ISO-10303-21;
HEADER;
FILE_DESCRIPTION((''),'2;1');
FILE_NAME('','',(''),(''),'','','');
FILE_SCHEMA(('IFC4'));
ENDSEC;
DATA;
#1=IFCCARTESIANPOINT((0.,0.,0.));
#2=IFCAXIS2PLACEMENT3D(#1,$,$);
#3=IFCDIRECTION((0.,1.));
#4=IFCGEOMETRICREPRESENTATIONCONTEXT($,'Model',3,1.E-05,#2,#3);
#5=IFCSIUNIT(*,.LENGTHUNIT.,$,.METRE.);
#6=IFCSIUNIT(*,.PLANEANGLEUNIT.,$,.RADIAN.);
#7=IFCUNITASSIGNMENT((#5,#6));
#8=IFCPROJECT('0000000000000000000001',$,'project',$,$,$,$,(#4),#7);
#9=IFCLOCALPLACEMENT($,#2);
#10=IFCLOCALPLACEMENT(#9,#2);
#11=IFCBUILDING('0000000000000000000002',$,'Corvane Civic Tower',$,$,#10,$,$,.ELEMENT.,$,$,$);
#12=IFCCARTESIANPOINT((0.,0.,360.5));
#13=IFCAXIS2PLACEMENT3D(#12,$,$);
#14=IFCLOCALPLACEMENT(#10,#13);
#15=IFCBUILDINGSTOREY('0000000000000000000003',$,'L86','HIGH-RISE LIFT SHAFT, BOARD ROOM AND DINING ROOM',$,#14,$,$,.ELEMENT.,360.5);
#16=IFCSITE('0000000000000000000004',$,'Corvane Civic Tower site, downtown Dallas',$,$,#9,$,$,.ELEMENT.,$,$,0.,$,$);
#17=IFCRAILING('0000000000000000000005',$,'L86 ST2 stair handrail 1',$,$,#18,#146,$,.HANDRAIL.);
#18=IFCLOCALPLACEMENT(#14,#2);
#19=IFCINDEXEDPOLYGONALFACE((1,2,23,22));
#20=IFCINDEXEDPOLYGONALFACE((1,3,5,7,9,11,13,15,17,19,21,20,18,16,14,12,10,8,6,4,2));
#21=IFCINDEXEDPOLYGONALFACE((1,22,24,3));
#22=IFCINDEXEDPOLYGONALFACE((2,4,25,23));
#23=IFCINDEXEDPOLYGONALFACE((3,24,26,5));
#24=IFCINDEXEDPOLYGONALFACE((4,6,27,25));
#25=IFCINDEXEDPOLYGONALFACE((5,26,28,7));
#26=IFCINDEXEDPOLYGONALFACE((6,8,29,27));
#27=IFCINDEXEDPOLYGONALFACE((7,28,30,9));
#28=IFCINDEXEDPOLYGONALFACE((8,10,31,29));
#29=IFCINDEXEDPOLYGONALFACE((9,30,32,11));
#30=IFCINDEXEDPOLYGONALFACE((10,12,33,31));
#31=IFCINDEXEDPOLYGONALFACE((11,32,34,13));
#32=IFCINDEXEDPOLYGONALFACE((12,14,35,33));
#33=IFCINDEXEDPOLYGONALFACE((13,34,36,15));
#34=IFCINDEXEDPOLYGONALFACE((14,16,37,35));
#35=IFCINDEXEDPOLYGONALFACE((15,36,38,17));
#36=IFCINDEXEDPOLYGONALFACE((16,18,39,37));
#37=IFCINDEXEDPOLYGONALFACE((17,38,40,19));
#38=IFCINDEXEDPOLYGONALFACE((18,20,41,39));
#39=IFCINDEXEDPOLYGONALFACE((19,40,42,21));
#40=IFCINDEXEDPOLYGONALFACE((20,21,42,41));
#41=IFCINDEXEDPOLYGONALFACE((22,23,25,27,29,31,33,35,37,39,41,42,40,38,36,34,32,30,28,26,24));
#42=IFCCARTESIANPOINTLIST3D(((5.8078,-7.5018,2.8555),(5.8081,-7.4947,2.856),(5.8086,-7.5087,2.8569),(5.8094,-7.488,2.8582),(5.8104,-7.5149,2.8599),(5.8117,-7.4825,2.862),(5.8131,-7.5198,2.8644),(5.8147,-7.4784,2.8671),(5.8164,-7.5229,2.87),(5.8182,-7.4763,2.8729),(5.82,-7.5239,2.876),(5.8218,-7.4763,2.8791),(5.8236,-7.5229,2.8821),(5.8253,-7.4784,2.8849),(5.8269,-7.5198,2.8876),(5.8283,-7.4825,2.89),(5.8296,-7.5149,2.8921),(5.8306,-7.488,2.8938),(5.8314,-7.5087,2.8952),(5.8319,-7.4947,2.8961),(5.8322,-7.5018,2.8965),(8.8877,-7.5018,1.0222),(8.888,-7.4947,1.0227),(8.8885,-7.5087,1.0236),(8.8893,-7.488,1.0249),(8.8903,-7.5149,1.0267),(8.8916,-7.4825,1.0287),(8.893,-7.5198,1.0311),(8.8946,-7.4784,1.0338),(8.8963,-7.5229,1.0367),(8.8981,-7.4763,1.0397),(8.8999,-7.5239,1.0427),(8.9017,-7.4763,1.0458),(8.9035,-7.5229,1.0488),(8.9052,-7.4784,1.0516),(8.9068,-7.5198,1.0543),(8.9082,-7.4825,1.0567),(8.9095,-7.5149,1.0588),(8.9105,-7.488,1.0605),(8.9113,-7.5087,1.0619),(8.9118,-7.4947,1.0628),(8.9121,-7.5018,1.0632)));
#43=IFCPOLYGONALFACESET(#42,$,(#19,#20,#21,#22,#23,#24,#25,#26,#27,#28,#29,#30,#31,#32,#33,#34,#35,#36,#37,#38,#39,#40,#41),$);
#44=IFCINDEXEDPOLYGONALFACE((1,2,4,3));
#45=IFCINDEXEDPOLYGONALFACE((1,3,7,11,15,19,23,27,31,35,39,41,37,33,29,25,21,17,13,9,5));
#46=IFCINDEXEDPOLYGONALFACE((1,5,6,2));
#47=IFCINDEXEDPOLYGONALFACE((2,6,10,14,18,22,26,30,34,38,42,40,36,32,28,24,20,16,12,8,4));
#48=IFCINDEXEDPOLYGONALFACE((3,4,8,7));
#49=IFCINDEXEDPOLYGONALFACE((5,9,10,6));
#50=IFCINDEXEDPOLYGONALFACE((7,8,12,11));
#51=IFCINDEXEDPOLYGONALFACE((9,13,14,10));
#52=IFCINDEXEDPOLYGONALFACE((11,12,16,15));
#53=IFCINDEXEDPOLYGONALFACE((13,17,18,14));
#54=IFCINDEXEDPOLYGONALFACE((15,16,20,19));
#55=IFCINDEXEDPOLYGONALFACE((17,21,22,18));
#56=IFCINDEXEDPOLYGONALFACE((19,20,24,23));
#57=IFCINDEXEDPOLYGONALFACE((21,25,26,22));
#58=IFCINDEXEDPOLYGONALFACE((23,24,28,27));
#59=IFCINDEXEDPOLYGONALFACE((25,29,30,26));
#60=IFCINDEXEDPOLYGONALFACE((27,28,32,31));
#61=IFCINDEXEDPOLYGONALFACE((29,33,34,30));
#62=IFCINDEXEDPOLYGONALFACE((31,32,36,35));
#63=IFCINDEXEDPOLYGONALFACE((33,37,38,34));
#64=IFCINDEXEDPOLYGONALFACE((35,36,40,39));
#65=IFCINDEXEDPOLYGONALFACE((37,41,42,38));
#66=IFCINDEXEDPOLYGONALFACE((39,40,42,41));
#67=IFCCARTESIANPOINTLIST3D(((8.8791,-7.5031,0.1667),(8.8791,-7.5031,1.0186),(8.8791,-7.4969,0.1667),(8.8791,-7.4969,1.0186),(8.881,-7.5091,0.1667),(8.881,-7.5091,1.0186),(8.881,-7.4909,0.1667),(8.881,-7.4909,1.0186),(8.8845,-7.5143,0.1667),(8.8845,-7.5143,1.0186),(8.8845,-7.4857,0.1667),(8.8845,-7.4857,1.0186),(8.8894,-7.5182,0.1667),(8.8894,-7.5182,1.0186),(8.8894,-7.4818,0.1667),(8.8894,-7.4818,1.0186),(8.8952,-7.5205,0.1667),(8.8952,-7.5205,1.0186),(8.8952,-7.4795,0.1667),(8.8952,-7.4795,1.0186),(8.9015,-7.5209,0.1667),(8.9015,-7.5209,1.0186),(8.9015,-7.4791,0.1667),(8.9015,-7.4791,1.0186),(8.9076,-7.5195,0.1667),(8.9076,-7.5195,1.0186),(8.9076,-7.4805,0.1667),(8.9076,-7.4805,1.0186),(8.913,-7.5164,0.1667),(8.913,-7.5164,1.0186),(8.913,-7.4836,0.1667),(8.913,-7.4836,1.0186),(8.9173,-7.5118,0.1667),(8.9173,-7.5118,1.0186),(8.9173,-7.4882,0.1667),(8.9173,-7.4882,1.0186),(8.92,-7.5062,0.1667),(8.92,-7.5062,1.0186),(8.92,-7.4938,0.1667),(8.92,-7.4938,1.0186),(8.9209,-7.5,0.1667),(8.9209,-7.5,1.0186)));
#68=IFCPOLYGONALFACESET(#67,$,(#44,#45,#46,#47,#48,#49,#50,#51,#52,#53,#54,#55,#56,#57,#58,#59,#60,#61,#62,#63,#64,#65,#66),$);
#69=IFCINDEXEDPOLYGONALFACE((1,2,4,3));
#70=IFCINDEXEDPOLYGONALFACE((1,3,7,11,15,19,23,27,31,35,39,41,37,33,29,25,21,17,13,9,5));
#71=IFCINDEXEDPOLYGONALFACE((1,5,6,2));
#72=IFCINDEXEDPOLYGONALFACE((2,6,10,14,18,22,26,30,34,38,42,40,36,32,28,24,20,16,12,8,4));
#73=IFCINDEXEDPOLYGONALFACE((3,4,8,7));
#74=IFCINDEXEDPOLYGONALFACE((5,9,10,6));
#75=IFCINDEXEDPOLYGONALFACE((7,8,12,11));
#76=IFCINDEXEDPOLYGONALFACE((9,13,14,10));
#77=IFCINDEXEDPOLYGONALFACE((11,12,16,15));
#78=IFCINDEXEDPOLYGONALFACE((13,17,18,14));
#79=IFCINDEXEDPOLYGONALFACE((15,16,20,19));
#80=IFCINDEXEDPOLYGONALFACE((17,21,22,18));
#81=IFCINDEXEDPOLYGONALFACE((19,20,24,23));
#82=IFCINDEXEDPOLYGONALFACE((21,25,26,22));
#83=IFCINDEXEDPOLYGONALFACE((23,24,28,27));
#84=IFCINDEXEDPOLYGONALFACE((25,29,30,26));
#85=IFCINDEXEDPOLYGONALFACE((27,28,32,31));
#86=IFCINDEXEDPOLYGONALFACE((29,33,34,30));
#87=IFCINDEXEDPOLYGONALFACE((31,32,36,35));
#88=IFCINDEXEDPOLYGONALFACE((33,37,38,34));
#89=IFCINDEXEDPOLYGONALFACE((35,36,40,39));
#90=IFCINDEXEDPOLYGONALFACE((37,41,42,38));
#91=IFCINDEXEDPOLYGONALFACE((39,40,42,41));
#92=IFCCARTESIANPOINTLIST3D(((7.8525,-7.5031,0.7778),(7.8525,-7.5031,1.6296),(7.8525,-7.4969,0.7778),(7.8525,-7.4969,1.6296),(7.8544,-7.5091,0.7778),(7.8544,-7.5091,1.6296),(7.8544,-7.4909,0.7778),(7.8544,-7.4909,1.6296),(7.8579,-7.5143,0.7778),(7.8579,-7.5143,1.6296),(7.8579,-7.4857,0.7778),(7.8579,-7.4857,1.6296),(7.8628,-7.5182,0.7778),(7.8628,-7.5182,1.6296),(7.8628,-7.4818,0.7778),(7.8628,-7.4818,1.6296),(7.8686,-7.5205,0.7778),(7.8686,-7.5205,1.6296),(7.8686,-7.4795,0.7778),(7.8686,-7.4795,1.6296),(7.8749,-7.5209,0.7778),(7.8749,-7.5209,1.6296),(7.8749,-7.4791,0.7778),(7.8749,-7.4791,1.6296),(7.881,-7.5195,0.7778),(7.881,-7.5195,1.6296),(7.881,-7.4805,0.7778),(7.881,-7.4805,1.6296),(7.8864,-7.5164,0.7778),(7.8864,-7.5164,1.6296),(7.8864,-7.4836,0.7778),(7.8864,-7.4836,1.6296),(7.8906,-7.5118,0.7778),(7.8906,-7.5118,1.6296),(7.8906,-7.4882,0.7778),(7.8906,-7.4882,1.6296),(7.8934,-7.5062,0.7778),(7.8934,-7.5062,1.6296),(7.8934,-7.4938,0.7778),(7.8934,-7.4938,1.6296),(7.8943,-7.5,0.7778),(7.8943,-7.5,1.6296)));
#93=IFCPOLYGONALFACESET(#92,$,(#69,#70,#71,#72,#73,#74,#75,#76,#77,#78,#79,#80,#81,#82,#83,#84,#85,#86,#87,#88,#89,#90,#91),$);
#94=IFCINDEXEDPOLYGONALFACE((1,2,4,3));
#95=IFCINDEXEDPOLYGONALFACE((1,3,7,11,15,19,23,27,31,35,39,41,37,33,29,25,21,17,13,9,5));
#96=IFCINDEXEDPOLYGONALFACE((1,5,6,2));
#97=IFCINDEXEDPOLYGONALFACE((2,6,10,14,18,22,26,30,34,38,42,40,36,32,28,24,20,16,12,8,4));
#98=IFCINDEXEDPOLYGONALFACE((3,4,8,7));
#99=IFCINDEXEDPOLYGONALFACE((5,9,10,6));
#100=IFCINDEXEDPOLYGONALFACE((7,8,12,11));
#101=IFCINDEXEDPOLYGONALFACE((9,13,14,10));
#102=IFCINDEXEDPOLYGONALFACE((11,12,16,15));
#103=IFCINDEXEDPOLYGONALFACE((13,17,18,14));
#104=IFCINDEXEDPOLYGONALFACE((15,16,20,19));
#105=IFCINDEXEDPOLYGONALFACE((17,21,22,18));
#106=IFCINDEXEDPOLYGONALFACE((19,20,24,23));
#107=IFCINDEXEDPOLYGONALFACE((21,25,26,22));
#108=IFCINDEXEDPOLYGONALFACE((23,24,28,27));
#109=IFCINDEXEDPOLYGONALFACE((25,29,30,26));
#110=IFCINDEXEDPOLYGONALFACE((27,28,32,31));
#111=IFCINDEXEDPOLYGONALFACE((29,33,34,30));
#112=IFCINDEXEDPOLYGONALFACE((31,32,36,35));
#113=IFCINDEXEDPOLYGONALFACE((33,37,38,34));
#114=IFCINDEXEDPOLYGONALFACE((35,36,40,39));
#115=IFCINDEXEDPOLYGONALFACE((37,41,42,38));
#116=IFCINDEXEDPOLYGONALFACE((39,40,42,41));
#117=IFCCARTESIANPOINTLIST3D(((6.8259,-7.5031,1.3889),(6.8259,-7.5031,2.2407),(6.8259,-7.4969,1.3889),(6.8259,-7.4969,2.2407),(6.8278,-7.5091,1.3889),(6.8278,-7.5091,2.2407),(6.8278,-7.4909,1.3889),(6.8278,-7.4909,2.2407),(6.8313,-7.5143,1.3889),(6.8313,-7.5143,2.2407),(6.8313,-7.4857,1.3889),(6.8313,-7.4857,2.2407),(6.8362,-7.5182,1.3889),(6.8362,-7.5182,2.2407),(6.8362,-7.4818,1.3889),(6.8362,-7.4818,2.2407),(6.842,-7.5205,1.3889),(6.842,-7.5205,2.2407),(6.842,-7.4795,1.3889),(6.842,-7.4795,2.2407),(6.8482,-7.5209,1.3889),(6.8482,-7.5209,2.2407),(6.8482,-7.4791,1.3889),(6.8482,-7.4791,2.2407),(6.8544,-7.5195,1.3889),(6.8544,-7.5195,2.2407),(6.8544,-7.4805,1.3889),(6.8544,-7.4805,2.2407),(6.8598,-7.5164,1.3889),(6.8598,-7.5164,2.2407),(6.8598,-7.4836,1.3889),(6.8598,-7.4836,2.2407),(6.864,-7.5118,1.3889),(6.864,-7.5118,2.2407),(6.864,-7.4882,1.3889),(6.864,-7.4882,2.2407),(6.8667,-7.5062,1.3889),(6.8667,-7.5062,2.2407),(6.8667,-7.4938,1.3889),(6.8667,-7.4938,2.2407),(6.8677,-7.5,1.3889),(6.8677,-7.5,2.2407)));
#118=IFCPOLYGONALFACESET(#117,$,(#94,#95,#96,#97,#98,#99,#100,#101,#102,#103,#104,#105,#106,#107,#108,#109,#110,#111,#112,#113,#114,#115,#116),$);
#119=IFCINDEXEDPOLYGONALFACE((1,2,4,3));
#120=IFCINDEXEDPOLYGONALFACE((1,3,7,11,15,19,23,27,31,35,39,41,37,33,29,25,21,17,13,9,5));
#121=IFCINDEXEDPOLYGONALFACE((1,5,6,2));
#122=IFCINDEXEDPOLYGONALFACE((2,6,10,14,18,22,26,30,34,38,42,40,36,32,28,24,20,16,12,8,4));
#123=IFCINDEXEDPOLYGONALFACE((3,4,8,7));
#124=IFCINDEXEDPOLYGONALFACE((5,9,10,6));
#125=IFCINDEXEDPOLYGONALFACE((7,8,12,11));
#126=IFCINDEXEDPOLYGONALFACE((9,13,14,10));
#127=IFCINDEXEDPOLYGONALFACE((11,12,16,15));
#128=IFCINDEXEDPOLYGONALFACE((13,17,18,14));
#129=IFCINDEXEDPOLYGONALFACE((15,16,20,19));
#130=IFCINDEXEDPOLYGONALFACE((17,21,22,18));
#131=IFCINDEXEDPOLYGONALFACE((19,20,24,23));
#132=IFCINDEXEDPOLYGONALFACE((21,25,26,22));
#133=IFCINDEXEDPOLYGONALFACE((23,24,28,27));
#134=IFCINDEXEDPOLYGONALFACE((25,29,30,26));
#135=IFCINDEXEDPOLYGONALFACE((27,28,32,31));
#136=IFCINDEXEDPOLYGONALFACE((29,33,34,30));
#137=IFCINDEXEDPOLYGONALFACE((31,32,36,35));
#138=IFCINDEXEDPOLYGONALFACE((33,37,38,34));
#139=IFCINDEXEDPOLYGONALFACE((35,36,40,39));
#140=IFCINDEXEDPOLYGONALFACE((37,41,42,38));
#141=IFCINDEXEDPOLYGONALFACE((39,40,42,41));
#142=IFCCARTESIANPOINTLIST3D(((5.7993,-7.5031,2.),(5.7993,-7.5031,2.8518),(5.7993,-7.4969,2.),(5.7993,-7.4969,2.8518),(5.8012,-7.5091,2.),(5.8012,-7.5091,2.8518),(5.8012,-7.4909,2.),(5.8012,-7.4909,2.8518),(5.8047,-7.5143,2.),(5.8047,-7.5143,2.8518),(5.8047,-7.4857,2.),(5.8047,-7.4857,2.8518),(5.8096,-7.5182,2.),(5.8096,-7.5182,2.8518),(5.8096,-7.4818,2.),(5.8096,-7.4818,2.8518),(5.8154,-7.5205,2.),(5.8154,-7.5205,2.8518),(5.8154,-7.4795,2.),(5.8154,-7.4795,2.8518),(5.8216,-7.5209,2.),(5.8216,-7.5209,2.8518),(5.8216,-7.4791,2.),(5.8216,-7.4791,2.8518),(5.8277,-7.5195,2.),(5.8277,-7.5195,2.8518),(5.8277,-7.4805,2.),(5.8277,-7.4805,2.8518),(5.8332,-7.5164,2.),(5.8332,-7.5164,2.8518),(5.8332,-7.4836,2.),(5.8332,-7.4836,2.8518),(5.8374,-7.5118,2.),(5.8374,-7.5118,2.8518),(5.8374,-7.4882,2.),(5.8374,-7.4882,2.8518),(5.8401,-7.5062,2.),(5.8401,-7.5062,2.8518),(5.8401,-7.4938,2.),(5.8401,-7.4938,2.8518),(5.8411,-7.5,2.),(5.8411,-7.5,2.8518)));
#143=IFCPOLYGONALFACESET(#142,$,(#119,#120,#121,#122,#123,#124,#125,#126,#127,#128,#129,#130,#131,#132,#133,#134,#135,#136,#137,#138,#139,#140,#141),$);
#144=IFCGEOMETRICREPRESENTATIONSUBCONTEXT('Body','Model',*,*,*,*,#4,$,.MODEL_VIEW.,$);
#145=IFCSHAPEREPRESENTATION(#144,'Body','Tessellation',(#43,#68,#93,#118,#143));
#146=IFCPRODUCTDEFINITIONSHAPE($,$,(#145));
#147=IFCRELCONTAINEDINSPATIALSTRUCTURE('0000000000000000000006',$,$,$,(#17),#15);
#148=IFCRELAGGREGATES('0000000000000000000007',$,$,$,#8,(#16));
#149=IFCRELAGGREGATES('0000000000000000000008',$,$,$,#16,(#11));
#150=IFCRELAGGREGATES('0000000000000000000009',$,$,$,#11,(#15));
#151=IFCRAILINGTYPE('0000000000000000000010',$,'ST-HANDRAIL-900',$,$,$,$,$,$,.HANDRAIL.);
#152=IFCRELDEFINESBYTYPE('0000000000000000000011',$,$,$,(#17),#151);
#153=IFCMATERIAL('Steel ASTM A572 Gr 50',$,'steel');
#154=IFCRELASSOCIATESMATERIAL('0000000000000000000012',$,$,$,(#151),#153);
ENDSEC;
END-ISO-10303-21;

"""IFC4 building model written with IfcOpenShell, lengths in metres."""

from ifc_helpers import new_model, si_unit, direction, frame, origin, origin_2d, place, context, subcontext, project, spatial, circle, extrude, material, type_object, element, save


model = new_model("IFC4")

# Units and contexts
model_context = context("Model", 3, precision=1e-05, world=origin(), true_north=direction((0.0, 1.0)))
body_context = subcontext(model_context, "Body", "Model", "MODEL_VIEW")
ifc_project = project(units=[si_unit("LENGTHUNIT", "METRE"), si_unit("PLANEANGLEUNIT", "RADIAN")], contexts=[model_context])

# Site, building, storey
site_placement = place(None, origin())
site = spatial("IfcSite", under=ifc_project, at=site_placement, Name="Corvane Civic Tower site, downtown Dallas", CompositionType="ELEMENT", RefElevation=0.0)
building_placement = place(site_placement, origin())
building = spatial("IfcBuilding", under=site, at=building_placement, Name="Corvane Civic Tower", CompositionType="ELEMENT")
storey_placement = place(building_placement, frame((0.0, 0.0, 360.5)))
storey = spatial("IfcBuildingStorey", under=building, at=storey_placement, Name="L86", Description="HIGH-RISE LIFT SHAFT, BOARD ROOM AND DINING ROOM", CompositionType="ELEMENT", Elevation=360.5)

# Railing
ifc_material_1 = material(Name="Steel ASTM A572 Gr 50", Category="steel")
railing_type_1 = type_object("IfcRailingType", Name="ST-HANDRAIL-900", PredefinedType="HANDRAIL", material=ifc_material_1)
railing_1_placement = place(storey_placement, frame((8.8999, -7.5, 0.1667)))
element("IfcRailing", 1, at=railing_1_placement, inside=storey, type_object=railing_type_1, Name="L86 ST2 stair handrail 1", PredefinedType="HANDRAIL", context=body_context, shape_type="SweptSolid", body=[
    extrude(circle(Radius=0.0239, at=origin_2d()), frame((0.0, 0.0, 0.876), z_axis=(-0.859291, 0.0, 0.511487), x_axis=(0.0, -1.0, 0.0)), (0.0, 0.0, 1.0), 3.5842),
    extrude(circle(Radius=0.021, at=origin_2d()), origin(), (0.0, 0.0, 1.0), 0.8518),
    extrude(circle(Radius=0.021, at=origin_2d()), frame((-1.0266, 0.0, 0.6111)), (0.0, 0.0, 1.0), 0.8518),
    extrude(circle(Radius=0.021, at=origin_2d()), frame((-2.0532, 0.0, 1.2222)), (0.0, 0.0, 1.0), 0.8518),
    extrude(circle(Radius=0.021, at=origin_2d()), frame((-3.0798, 0.0, 1.8333)), (0.0, 0.0, 1.0), 0.8518),
])

save(model, "model.ifc")
